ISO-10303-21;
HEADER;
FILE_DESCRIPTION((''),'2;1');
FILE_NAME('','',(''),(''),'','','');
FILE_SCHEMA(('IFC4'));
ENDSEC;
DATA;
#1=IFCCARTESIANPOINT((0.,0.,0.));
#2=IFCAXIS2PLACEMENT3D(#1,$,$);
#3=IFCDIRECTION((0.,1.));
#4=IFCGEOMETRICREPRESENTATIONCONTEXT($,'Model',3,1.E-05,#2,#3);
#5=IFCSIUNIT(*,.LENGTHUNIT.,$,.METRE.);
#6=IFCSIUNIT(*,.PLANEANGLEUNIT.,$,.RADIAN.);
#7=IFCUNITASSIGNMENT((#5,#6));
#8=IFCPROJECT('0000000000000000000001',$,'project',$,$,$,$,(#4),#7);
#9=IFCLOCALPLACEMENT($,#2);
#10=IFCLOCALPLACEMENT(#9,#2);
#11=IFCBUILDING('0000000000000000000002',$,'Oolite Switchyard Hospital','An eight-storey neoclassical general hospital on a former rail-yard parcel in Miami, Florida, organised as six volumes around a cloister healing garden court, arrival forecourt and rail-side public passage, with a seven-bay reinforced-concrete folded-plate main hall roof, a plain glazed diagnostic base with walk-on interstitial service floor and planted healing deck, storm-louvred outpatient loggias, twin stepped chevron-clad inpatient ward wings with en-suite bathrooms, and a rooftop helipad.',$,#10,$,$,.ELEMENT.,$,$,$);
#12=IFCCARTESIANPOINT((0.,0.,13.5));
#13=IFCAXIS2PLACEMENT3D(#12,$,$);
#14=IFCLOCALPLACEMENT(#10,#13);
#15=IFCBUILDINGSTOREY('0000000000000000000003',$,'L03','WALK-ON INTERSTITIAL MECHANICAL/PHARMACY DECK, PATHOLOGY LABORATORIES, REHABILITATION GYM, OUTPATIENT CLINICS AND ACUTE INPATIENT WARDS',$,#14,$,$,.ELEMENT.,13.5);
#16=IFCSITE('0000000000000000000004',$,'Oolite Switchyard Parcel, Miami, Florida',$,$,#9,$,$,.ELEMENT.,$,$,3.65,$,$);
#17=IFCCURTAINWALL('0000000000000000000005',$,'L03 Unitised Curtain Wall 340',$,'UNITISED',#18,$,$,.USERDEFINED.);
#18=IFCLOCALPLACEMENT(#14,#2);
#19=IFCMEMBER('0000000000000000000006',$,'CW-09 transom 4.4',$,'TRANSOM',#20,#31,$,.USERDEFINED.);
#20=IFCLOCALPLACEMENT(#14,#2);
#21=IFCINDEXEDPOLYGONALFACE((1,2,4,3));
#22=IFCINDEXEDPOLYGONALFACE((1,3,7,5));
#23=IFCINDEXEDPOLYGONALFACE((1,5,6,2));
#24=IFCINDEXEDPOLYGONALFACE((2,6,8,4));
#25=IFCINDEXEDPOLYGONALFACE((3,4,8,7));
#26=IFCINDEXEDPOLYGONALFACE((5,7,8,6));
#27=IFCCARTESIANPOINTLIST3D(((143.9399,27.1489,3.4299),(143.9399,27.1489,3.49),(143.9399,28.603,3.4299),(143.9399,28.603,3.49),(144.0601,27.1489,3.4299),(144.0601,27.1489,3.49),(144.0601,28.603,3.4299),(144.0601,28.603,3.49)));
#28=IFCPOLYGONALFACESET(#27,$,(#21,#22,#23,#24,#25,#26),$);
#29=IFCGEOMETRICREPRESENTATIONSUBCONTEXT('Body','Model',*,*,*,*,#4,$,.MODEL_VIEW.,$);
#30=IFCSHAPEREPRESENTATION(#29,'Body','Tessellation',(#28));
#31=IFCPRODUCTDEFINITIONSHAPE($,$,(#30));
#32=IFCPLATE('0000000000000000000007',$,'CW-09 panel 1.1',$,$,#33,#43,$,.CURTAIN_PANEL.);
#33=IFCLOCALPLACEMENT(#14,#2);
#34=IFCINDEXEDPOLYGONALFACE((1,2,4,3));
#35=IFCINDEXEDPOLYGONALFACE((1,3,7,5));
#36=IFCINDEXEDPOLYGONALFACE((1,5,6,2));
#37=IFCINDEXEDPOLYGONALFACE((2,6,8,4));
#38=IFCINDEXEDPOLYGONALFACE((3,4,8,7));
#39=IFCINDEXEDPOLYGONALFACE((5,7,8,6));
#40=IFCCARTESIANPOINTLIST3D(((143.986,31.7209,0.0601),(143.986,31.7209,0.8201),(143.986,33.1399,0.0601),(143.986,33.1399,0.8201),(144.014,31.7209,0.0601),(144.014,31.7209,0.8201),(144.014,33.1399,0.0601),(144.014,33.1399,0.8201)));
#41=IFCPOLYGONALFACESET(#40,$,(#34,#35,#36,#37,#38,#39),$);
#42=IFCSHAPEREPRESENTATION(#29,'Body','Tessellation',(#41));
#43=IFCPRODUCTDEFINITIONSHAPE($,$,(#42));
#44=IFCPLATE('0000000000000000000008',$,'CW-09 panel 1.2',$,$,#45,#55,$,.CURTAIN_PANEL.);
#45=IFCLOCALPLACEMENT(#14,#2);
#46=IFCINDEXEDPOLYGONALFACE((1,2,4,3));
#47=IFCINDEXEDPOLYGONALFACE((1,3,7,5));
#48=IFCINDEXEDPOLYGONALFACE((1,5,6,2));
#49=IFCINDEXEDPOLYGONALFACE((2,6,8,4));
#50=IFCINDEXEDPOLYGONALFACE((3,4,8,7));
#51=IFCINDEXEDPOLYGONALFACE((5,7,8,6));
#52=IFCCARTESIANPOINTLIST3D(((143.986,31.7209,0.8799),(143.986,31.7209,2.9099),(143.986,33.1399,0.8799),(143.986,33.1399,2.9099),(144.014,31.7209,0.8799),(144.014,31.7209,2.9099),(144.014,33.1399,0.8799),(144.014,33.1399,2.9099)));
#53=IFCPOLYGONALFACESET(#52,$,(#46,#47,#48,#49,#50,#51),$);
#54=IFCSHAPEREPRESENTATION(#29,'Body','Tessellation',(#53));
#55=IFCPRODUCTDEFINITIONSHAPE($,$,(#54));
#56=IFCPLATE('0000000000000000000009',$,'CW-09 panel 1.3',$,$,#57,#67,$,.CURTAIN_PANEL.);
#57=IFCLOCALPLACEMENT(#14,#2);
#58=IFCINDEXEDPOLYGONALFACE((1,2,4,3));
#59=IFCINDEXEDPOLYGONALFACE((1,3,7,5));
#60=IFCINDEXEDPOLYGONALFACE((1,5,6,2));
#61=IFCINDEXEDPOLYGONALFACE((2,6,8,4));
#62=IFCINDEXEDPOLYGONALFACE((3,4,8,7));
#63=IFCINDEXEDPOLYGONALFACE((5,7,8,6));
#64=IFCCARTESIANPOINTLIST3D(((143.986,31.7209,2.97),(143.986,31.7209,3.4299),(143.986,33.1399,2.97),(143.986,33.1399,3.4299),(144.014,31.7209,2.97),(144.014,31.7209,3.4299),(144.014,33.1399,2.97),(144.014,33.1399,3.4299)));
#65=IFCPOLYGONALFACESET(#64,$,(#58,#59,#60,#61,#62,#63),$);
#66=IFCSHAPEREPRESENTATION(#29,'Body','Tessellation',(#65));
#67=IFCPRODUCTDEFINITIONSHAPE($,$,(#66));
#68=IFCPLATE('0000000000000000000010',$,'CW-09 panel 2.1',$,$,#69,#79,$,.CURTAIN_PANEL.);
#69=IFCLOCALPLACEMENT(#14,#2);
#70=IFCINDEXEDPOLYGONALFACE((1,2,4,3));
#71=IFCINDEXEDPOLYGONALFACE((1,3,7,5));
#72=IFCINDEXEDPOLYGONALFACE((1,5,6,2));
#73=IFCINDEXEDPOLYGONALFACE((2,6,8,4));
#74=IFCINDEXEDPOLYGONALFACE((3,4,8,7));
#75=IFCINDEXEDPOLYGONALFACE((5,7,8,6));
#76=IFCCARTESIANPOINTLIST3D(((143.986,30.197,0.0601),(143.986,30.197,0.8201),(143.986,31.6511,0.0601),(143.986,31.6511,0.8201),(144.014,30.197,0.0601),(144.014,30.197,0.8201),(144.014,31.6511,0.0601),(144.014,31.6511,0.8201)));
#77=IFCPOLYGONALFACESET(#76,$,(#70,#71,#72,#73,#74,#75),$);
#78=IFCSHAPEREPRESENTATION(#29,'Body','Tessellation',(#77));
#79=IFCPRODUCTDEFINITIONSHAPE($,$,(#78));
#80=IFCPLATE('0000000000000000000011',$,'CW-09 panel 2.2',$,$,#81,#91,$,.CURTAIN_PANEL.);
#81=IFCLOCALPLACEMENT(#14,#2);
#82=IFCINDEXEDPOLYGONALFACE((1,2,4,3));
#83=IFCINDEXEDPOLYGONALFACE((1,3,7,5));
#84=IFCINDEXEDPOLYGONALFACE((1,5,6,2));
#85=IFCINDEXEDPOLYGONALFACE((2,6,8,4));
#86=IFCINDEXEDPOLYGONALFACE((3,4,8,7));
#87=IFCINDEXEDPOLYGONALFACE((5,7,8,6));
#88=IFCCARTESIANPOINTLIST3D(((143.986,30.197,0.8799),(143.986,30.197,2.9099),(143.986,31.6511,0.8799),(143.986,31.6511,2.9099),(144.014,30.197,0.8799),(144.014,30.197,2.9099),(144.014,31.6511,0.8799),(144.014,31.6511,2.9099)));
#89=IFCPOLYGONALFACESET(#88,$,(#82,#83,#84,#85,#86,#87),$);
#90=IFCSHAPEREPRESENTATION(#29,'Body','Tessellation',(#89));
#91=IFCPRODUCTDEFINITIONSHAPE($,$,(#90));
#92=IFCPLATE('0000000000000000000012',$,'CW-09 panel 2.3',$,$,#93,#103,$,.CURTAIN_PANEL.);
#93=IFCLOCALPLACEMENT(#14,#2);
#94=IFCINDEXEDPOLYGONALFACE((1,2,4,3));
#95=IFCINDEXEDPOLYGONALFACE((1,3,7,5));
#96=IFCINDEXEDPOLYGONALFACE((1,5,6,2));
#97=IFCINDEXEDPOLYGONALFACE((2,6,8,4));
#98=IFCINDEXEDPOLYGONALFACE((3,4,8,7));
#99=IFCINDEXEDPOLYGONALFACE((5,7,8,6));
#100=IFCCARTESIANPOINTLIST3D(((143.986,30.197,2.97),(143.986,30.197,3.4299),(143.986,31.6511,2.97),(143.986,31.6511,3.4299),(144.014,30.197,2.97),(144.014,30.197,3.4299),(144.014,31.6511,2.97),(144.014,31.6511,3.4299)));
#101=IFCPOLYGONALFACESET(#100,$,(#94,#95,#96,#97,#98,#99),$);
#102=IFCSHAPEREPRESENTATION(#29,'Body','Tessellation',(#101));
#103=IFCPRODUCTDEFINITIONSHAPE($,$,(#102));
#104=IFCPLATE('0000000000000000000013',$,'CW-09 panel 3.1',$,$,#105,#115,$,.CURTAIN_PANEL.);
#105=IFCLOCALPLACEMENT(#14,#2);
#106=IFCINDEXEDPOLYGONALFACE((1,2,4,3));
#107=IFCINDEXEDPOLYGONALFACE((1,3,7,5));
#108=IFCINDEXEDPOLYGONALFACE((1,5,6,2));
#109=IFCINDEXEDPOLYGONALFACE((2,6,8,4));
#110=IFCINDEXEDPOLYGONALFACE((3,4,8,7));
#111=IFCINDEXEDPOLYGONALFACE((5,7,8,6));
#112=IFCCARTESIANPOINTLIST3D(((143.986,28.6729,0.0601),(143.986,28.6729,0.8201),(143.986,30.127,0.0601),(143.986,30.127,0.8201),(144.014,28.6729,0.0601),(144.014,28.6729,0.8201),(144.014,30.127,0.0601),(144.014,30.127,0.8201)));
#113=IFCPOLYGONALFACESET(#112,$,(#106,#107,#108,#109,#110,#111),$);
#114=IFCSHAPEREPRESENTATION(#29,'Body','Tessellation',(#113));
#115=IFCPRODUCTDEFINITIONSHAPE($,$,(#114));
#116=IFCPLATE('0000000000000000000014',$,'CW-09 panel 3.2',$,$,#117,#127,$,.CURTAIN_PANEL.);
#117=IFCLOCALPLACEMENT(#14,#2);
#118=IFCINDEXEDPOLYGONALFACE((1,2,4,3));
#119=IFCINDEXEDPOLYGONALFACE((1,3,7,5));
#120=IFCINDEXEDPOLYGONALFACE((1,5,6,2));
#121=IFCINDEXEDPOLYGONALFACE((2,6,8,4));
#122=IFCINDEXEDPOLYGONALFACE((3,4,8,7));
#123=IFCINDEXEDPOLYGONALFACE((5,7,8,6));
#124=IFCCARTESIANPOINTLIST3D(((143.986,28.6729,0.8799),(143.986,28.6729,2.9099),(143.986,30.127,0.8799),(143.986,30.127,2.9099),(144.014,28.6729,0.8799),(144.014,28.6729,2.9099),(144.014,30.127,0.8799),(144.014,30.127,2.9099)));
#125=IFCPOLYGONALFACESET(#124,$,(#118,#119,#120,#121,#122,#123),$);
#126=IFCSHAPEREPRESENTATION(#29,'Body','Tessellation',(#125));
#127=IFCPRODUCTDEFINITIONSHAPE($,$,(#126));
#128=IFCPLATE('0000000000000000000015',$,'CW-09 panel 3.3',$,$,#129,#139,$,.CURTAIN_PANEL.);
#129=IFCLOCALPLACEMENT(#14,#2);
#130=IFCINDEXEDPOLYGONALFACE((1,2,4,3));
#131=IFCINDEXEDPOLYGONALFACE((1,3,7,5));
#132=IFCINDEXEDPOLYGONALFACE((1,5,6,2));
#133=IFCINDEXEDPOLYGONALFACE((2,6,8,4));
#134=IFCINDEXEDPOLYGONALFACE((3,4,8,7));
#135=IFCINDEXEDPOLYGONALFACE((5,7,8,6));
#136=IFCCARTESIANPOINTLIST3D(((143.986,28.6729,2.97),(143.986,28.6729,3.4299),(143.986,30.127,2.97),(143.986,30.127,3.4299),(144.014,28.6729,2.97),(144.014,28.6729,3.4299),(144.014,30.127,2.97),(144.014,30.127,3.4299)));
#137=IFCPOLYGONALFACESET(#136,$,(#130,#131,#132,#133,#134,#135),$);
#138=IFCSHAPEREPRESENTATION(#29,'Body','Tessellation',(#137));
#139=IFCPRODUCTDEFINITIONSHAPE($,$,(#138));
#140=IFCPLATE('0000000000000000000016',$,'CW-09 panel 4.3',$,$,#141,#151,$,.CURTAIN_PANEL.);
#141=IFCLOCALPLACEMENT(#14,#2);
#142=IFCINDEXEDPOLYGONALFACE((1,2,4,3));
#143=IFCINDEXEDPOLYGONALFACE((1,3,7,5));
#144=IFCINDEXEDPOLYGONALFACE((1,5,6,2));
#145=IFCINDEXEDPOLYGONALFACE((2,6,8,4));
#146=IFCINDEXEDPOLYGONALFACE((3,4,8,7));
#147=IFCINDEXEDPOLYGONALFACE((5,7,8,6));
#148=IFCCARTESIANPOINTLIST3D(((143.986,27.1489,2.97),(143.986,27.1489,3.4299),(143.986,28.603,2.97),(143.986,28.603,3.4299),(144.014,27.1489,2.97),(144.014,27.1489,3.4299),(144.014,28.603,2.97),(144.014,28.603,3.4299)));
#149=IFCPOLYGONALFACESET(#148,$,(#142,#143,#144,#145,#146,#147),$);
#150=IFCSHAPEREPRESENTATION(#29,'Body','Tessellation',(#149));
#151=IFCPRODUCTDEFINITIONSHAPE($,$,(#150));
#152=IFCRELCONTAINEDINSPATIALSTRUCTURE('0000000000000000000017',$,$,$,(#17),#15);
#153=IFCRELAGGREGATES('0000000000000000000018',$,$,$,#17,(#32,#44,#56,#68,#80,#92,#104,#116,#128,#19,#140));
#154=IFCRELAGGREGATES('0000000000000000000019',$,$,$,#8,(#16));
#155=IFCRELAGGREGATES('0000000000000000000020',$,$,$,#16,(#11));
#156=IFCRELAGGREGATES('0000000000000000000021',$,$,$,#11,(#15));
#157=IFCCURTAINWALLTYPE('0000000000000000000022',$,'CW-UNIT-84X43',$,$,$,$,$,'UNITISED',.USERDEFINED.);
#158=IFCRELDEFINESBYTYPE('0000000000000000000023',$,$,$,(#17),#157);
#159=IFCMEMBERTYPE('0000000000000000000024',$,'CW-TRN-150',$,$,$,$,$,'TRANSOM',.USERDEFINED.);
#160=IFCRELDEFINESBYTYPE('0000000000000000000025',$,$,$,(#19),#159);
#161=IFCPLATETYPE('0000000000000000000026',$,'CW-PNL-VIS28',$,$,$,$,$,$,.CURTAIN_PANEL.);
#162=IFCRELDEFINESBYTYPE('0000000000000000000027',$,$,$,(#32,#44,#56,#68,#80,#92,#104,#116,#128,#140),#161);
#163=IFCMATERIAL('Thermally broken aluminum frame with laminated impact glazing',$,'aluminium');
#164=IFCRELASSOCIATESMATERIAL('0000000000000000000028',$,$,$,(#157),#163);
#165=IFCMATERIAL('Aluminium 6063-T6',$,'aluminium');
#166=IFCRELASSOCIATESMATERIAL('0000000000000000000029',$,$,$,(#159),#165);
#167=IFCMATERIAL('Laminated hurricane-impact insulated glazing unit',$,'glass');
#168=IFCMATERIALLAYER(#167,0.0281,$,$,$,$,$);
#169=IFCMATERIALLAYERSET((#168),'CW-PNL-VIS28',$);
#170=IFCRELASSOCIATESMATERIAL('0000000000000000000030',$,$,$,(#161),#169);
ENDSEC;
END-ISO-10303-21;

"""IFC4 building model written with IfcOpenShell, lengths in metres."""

from ifc_helpers import new_model, si_unit, direction, frame, origin, origin_2d, place, context, subcontext, project, spatial, rectangle, extrude, material, layer, layer_set, material_profile, profile_set, type_object, element, aggregate, save


model = new_model("IFC4")

# Units and contexts
model_context = context("Model", 3, precision=1e-05, world=origin(), true_north=direction((0.0, 1.0)))
body_context = subcontext(model_context, "Body", "Model", "MODEL_VIEW")
ifc_project = project(units=[si_unit("LENGTHUNIT", "METRE"), si_unit("PLANEANGLEUNIT", "RADIAN")], contexts=[model_context])

# Site, building, storey
site_placement = place(None, origin())
site = spatial("IfcSite", under=ifc_project, at=site_placement, Name="Oolite Switchyard Parcel, Miami, Florida", CompositionType="ELEMENT", RefElevation=3.65)
building_placement = place(site_placement, origin())
building = spatial("IfcBuilding", under=site, at=building_placement, Name="Oolite Switchyard Hospital", Description="An eight-storey neoclassical general hospital on a former rail-yard parcel in Miami, Florida, organised as six volumes around a cloister healing garden court, arrival forecourt and rail-side public passage, with a seven-bay reinforced-concrete folded-plate main hall roof, a plain glazed diagnostic base with walk-on interstitial service floor and planted healing deck, storm-louvred outpatient loggias, twin stepped chevron-clad inpatient ward wings with en-suite bathrooms, and a rooftop helipad.", CompositionType="ELEMENT")
storey_placement = place(building_placement, frame((0.0, 0.0, 13.5)))
storey = spatial("IfcBuildingStorey", under=building, at=storey_placement, Name="L03", Description="WALK-ON INTERSTITIAL MECHANICAL/PHARMACY DECK, PATHOLOGY LABORATORIES, REHABILITATION GYM, OUTPATIENT CLINICS AND ACUTE INPATIENT WARDS", CompositionType="ELEMENT", Elevation=13.5)

# Curtain wall, member, plates
ifc_material_1 = material(Name="Thermally broken aluminum frame with laminated impact glazing", Category="aluminium")
curtain_wall_type = type_object("IfcCurtainWallType", Name="CW-UNIT-84X43", ElementType="UNITISED", PredefinedType="USERDEFINED", material=ifc_material_1)
curtain_wall_placement = place(storey_placement, origin())
curtain_wall = element("IfcCurtainWall", 1, at=curtain_wall_placement, inside=storey, type_object=curtain_wall_type, Name="L03 Unitised Curtain Wall 340", ObjectType="UNITISED", PredefinedType="USERDEFINED")
ifc_material_2 = material(Name="Aluminium 6063-T6", Category="aluminium")
ifc_material_profile_1 = material_profile(ifc_material_2, rectangle(XDim=0.1201, YDim=0.0601, at=origin_2d()), Name="CWT60X120")
ifc_profile_set_1 = profile_set([ifc_material_profile_1], Name="Aluminium 6063-T6")
member_type_1 = type_object("IfcMemberType", Name="CW-TRN-150", ElementType="TRANSOM", PredefinedType="USERDEFINED", material=ifc_profile_set_1)
member_1_placement = place(storey_placement, frame((144.0, 28.603, 3.46), z_axis=(0.0, -1.0, 0.0), x_axis=(1.0, 0.0, 0.0)))
member_1 = element("IfcMember", 2, at=member_1_placement, type_object=member_type_1, Name="CW-09 transom 4.4", ObjectType="TRANSOM", PredefinedType="USERDEFINED", context=body_context, shape_type="SweptSolid", body=[
    extrude(rectangle(XDim=0.1201, YDim=0.0601, at=origin_2d()), origin(), (0.0, 0.0, 1.0), 1.4541),
])
ifc_material_3 = material(Name="Laminated hurricane-impact insulated glazing unit", Category="glass")
ifc_layer = layer(ifc_material_3, 0.0281)
ifc_layer_set = layer_set([ifc_layer], Name="CW-PNL-VIS28")
plate_type = type_object("IfcPlateType", Name="CW-PNL-VIS28", PredefinedType="CURTAIN_PANEL", material=ifc_layer_set)
plate_1_placement = place(storey_placement, frame((144.0, 32.4304, 0.0601), z_axis=(0.0, 0.0, 1.0), x_axis=(0.0, -1.0, 0.0)))
plate_1 = element("IfcPlate", 3, at=plate_1_placement, type_object=plate_type, Name="CW-09 panel 1.1", PredefinedType="CURTAIN_PANEL", context=body_context, shape_type="SweptSolid", body=[
    extrude(rectangle(XDim=1.4189, YDim=0.0281, at=origin_2d()), origin(), (0.0, 0.0, 1.0), 0.76),
])
plate_2_placement = place(storey_placement, frame((144.0, 32.4304, 0.8799), z_axis=(0.0, 0.0, 1.0), x_axis=(0.0, -1.0, 0.0)))
plate_2 = element("IfcPlate", 4, at=plate_2_placement, type_object=plate_type, Name="CW-09 panel 1.2", PredefinedType="CURTAIN_PANEL", context=body_context, shape_type="SweptSolid", body=[
    extrude(rectangle(XDim=1.4189, YDim=0.0281, at=origin_2d()), origin(), (0.0, 0.0, 1.0), 2.03),
])
plate_3_placement = place(storey_placement, frame((144.0, 32.4304, 2.97), z_axis=(0.0, 0.0, 1.0), x_axis=(0.0, -1.0, 0.0)))
plate_3 = element("IfcPlate", 5, at=plate_3_placement, type_object=plate_type, Name="CW-09 panel 1.3", PredefinedType="CURTAIN_PANEL", context=body_context, shape_type="SweptSolid", body=[
    extrude(rectangle(XDim=1.4189, YDim=0.0281, at=origin_2d()), origin(), (0.0, 0.0, 1.0), 0.46),
])
plate_4_placement = place(storey_placement, frame((144.0, 30.9241, 0.0601), z_axis=(0.0, 0.0, 1.0), x_axis=(0.0, -1.0, 0.0)))
plate_4 = element("IfcPlate", 6, at=plate_4_placement, type_object=plate_type, Name="CW-09 panel 2.1", PredefinedType="CURTAIN_PANEL", context=body_context, shape_type="SweptSolid", body=[
    extrude(rectangle(XDim=1.4541, YDim=0.0281, at=origin_2d()), origin(), (0.0, 0.0, 1.0), 0.76),
])
plate_5_placement = place(storey_placement, frame((144.0, 30.9241, 0.8799), z_axis=(0.0, 0.0, 1.0), x_axis=(0.0, -1.0, 0.0)))
plate_5 = element("IfcPlate", 7, at=plate_5_placement, type_object=plate_type, Name="CW-09 panel 2.2", PredefinedType="CURTAIN_PANEL", context=body_context, shape_type="SweptSolid", body=[
    extrude(rectangle(XDim=1.4541, YDim=0.0281, at=origin_2d()), origin(), (0.0, 0.0, 1.0), 2.03),
])
plate_6_placement = place(storey_placement, frame((144.0, 30.9241, 2.97), z_axis=(0.0, 0.0, 1.0), x_axis=(0.0, -1.0, 0.0)))
plate_6 = element("IfcPlate", 8, at=plate_6_placement, type_object=plate_type, Name="CW-09 panel 2.3", PredefinedType="CURTAIN_PANEL", context=body_context, shape_type="SweptSolid", body=[
    extrude(rectangle(XDim=1.4541, YDim=0.0281, at=origin_2d()), origin(), (0.0, 0.0, 1.0), 0.46),
])
plate_7_placement = place(storey_placement, frame((144.0, 29.3999, 0.0601), z_axis=(0.0, 0.0, 1.0), x_axis=(0.0, -1.0, 0.0)))
plate_7 = element("IfcPlate", 9, at=plate_7_placement, type_object=plate_type, Name="CW-09 panel 3.1", PredefinedType="CURTAIN_PANEL", context=body_context, shape_type="SweptSolid", body=[
    extrude(rectangle(XDim=1.4541, YDim=0.0281, at=origin_2d()), origin(), (0.0, 0.0, 1.0), 0.76),
])
plate_8_placement = place(storey_placement, frame((144.0, 29.3999, 0.8799), z_axis=(0.0, 0.0, 1.0), x_axis=(0.0, -1.0, 0.0)))
plate_8 = element("IfcPlate", 10, at=plate_8_placement, type_object=plate_type, Name="CW-09 panel 3.2", PredefinedType="CURTAIN_PANEL", context=body_context, shape_type="SweptSolid", body=[
    extrude(rectangle(XDim=1.4541, YDim=0.0281, at=origin_2d()), origin(), (0.0, 0.0, 1.0), 2.03),
])
plate_9_placement = place(storey_placement, frame((144.0, 29.3999, 2.97), z_axis=(0.0, 0.0, 1.0), x_axis=(0.0, -1.0, 0.0)))
plate_9 = element("IfcPlate", 11, at=plate_9_placement, type_object=plate_type, Name="CW-09 panel 3.3", PredefinedType="CURTAIN_PANEL", context=body_context, shape_type="SweptSolid", body=[
    extrude(rectangle(XDim=1.4541, YDim=0.0281, at=origin_2d()), origin(), (0.0, 0.0, 1.0), 0.46),
])
plate_10_placement = place(storey_placement, frame((144.0, 27.876, 2.97), z_axis=(0.0, 0.0, 1.0), x_axis=(0.0, -1.0, 0.0)))
plate_10 = element("IfcPlate", 12, at=plate_10_placement, type_object=plate_type, Name="CW-09 panel 4.3", PredefinedType="CURTAIN_PANEL", context=body_context, shape_type="SweptSolid", body=[
    extrude(rectangle(XDim=1.4541, YDim=0.0281, at=origin_2d()), origin(), (0.0, 0.0, 1.0), 0.46),
])
aggregate(curtain_wall, [plate_1, plate_2, plate_3, plate_4, plate_5, plate_6, plate_7, plate_8, plate_9, member_1, plate_10])

save(model, "model.ifc")
